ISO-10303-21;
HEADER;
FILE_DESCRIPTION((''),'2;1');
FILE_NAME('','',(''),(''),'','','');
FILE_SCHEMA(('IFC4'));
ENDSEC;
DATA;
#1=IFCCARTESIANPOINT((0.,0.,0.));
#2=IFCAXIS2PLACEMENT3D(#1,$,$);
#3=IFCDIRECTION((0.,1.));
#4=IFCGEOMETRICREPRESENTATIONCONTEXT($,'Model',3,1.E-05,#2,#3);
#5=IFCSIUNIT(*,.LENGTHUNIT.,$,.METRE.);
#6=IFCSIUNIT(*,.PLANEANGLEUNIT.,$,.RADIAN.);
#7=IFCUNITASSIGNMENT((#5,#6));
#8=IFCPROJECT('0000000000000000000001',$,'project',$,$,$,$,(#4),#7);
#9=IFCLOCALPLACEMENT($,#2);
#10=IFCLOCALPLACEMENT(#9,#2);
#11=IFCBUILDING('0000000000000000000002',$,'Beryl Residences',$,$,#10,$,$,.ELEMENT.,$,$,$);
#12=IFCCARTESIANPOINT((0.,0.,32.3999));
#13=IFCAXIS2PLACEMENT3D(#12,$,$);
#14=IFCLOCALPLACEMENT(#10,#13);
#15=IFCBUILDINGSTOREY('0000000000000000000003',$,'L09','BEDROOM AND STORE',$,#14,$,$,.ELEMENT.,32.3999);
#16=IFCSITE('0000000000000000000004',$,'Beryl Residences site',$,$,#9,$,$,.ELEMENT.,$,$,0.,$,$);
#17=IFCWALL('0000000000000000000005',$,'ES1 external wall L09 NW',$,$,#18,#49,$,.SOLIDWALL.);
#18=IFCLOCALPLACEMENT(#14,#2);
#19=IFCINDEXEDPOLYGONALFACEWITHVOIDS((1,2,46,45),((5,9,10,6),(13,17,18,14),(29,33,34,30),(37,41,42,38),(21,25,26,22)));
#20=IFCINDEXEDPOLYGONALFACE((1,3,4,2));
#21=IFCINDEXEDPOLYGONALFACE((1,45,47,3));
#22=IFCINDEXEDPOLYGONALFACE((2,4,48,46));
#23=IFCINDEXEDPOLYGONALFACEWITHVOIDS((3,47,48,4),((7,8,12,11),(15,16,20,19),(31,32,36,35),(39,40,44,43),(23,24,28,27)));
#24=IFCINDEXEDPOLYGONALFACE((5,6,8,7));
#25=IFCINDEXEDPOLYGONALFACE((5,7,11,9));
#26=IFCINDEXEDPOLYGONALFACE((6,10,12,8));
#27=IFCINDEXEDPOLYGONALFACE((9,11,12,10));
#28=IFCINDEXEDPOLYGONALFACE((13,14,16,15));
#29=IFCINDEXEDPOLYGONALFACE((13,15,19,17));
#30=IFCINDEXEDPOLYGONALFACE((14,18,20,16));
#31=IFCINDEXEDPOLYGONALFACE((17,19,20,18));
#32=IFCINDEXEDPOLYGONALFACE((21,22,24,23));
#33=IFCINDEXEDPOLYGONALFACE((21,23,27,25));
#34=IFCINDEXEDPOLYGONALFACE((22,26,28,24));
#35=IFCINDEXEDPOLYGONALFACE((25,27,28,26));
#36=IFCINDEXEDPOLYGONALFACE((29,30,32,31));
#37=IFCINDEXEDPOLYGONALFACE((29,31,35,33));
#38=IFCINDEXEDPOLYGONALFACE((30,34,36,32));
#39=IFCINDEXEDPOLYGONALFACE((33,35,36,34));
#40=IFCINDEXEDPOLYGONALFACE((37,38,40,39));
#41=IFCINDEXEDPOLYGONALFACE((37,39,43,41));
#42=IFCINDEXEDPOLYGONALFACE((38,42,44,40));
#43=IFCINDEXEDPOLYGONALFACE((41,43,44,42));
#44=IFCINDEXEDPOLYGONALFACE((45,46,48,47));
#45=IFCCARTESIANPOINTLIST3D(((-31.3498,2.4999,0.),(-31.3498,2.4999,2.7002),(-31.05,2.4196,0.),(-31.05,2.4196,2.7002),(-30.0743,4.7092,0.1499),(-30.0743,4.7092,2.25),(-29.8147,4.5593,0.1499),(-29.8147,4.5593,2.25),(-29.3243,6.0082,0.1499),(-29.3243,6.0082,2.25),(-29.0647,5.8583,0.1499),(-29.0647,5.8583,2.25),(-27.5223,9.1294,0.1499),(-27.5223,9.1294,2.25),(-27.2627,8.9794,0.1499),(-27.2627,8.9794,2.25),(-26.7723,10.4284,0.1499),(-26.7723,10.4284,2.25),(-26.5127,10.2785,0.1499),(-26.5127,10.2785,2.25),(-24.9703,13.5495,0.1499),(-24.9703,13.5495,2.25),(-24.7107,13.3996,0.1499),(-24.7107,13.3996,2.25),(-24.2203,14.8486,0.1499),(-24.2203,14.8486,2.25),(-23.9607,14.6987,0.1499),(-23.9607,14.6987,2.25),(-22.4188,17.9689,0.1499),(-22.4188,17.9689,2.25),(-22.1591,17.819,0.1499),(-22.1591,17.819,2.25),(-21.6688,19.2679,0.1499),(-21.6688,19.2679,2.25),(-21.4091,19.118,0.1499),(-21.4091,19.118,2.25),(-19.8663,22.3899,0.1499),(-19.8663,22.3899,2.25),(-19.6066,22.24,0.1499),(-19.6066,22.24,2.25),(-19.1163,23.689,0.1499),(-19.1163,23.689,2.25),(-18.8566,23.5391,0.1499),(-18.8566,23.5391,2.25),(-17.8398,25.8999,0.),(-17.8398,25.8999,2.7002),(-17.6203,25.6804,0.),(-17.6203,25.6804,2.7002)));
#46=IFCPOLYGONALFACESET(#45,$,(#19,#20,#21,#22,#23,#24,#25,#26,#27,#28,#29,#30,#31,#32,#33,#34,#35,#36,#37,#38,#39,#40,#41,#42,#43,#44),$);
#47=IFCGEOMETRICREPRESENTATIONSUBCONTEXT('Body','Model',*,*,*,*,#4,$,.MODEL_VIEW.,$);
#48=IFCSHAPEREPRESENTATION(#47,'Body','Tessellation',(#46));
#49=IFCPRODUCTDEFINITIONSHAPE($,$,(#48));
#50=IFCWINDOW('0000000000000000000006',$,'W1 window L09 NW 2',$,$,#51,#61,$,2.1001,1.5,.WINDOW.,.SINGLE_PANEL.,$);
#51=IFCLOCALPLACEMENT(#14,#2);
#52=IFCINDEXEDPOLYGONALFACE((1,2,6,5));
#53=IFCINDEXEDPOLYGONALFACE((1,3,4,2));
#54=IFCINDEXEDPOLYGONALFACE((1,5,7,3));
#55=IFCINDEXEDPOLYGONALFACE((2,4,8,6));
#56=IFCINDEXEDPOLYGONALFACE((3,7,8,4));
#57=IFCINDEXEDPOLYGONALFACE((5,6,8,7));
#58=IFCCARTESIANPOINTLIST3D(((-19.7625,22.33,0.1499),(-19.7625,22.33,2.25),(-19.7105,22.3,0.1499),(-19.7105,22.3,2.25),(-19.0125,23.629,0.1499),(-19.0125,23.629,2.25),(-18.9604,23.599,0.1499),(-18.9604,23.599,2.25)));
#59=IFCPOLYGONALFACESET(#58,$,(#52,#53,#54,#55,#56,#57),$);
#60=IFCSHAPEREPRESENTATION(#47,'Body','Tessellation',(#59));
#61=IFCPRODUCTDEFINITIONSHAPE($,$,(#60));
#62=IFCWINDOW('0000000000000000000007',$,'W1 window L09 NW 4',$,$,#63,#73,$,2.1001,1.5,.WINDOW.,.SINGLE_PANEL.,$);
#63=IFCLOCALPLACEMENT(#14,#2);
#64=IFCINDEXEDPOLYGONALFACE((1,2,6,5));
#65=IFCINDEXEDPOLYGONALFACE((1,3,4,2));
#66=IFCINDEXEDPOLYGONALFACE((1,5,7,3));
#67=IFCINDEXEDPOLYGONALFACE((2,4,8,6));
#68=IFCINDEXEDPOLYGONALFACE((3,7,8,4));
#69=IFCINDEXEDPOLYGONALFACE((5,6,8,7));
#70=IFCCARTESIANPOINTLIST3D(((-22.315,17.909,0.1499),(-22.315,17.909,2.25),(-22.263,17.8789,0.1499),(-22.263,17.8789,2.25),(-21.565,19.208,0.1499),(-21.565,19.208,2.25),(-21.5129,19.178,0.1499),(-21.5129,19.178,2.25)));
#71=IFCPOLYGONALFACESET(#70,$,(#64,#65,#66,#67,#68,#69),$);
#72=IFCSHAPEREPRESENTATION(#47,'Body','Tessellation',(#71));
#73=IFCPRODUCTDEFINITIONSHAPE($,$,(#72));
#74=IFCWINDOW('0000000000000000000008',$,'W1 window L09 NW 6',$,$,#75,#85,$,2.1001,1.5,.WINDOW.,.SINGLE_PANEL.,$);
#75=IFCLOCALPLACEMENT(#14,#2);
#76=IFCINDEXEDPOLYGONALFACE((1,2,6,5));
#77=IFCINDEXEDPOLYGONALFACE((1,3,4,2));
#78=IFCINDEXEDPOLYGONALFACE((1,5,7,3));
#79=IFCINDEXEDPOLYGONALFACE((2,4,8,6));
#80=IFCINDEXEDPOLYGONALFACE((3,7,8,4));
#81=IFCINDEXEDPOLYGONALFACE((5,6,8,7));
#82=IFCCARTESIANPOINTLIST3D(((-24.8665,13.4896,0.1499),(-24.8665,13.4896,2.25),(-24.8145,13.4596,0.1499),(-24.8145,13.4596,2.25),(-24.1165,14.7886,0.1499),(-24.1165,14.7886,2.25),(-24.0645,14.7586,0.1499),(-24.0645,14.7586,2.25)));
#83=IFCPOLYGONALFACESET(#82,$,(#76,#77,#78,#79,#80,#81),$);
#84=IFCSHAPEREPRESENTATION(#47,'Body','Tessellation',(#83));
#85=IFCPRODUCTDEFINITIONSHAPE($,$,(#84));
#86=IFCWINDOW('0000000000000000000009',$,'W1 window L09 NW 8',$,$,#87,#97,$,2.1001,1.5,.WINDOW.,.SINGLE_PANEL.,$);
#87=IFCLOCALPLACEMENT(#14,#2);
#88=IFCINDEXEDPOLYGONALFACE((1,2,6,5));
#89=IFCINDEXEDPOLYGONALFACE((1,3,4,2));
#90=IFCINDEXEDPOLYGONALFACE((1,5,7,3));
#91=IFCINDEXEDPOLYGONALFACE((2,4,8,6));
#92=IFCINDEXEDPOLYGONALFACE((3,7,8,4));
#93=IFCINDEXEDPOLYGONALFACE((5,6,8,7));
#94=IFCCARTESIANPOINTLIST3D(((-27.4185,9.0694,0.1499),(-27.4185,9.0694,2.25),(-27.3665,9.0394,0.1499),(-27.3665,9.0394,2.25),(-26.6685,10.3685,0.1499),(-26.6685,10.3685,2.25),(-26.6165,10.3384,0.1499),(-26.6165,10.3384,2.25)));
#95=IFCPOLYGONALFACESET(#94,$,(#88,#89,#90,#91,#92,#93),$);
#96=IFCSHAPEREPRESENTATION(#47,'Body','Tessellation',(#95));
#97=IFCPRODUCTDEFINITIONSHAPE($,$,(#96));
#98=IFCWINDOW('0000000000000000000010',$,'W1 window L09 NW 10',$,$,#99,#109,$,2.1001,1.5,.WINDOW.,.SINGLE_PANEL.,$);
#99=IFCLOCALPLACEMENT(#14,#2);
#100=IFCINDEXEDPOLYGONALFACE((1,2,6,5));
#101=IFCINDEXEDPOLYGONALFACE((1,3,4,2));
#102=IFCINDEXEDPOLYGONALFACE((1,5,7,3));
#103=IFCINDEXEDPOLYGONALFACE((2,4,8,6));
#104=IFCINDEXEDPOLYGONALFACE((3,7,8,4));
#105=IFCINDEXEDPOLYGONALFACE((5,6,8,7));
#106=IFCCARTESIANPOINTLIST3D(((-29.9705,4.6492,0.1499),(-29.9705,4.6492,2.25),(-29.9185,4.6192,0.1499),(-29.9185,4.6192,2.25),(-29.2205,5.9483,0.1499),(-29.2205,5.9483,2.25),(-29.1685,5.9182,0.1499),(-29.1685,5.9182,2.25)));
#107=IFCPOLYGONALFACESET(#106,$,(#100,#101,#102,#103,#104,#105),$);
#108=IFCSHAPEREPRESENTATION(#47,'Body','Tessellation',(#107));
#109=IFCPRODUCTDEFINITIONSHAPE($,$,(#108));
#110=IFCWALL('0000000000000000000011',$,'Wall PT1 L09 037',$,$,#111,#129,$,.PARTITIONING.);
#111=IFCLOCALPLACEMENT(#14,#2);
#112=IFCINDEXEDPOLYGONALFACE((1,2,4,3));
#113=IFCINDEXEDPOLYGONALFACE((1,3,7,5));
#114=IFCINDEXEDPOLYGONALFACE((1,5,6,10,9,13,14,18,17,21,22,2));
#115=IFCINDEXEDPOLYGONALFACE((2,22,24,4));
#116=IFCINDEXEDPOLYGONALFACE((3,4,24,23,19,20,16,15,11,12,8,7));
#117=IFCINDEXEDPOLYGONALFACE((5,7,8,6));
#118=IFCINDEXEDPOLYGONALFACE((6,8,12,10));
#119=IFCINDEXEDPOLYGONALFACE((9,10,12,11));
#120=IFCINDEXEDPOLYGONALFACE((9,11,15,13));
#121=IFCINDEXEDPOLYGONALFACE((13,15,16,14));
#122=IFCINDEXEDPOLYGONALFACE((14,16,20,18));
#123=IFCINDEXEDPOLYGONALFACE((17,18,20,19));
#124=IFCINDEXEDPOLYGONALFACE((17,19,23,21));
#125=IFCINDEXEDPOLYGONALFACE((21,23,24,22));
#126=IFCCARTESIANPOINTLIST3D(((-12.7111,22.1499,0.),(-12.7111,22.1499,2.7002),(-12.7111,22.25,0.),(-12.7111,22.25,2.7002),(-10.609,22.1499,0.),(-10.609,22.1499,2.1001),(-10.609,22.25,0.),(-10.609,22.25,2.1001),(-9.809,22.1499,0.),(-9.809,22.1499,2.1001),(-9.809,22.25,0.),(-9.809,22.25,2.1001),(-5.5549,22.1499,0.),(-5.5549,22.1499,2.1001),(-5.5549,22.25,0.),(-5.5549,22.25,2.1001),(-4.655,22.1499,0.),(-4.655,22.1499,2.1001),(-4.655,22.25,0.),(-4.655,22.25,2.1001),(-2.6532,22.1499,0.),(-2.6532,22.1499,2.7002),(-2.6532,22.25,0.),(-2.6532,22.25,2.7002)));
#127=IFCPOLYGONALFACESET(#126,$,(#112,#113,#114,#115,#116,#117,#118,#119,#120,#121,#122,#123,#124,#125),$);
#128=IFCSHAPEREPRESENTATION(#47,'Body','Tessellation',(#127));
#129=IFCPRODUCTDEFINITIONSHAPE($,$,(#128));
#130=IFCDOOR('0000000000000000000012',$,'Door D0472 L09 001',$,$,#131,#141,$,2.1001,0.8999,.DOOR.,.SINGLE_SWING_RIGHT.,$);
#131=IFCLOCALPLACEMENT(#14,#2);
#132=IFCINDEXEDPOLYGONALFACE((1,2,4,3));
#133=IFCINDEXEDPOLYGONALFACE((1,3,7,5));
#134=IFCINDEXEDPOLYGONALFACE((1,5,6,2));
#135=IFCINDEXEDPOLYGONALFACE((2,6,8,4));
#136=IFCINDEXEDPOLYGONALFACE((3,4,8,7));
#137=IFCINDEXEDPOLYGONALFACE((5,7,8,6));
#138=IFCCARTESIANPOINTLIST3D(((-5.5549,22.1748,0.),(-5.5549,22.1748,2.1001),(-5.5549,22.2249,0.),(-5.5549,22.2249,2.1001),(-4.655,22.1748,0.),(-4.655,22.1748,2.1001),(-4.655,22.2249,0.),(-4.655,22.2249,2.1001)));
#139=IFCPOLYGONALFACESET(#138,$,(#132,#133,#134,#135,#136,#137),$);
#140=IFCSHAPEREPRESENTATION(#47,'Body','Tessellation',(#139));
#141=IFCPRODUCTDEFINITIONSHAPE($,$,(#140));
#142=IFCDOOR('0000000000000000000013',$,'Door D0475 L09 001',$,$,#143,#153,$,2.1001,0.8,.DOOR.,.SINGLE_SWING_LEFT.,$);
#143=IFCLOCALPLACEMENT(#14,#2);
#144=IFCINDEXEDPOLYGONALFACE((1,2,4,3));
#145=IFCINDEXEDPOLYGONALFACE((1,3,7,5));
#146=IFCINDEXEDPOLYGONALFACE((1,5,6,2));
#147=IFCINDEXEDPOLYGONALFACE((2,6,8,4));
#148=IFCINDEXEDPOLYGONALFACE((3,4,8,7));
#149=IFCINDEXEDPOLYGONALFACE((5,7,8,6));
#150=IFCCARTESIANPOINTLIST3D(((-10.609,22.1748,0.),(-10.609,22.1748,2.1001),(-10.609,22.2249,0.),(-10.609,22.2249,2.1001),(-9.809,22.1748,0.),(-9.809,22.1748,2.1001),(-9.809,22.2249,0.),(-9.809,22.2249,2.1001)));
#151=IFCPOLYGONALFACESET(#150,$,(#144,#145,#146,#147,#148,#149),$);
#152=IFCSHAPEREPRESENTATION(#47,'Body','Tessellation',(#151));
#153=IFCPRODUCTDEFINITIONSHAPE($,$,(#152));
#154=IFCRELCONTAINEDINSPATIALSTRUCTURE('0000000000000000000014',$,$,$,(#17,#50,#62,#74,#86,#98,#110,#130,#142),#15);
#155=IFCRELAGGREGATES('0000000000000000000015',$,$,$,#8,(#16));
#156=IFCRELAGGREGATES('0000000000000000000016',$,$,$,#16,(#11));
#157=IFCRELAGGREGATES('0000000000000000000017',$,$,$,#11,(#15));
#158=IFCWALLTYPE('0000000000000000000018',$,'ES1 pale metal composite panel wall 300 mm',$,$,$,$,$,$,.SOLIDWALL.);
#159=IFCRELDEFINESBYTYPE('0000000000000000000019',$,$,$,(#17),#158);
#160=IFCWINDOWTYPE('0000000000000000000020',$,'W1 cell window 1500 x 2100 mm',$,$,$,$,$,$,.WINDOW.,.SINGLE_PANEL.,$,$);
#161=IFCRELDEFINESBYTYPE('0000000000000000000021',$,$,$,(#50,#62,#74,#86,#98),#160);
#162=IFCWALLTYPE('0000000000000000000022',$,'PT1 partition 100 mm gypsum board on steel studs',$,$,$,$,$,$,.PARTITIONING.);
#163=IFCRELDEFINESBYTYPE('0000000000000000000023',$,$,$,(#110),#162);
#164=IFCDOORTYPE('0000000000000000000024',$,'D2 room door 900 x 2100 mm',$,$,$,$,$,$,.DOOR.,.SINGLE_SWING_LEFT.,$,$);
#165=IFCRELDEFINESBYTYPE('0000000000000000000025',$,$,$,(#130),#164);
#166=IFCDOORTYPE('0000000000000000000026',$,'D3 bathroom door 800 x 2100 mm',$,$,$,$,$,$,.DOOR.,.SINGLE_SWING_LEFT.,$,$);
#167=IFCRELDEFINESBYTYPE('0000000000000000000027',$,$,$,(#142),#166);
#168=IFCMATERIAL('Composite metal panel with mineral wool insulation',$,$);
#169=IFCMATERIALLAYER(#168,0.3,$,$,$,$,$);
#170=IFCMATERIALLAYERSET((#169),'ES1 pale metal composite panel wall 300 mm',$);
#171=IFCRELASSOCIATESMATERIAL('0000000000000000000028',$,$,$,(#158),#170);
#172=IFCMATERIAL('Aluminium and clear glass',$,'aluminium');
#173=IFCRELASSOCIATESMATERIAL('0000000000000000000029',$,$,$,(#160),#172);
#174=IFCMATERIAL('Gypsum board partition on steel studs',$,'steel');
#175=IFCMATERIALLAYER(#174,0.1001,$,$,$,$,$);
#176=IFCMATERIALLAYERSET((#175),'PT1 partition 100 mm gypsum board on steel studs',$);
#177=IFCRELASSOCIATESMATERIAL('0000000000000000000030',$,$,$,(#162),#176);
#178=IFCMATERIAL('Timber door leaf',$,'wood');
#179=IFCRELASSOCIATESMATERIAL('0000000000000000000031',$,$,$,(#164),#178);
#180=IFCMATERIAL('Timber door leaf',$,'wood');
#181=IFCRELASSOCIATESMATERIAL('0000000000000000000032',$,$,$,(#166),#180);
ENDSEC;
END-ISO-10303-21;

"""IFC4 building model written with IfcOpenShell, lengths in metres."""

from ifc_helpers import new_model, si_unit, direction, frame, frame_2d, origin, place, context, subcontext, project, spatial, polyline, rectangle, outline, extrude, material, layer, layer_set, type_object, element, fill, save


model = new_model("IFC4")

# Units and contexts
model_context = context("Model", 3, precision=1e-05, world=origin(), true_north=direction((0.0, 1.0)))
body_context = subcontext(model_context, "Body", "Model", "MODEL_VIEW")
ifc_project = project(units=[si_unit("LENGTHUNIT", "METRE"), si_unit("PLANEANGLEUNIT", "RADIAN")], contexts=[model_context])

# Site, building, storey
site_placement = place(None, origin())
site = spatial("IfcSite", under=ifc_project, at=site_placement, Name="Beryl Residences site", CompositionType="ELEMENT", RefElevation=0.0)
building_placement = place(site_placement, origin())
building = spatial("IfcBuilding", under=site, at=building_placement, Name="Beryl Residences", CompositionType="ELEMENT")
storey_placement = place(building_placement, frame((0.0, 0.0, 32.3999)))
storey = spatial("IfcBuildingStorey", under=building, at=storey_placement, Name="L09", Description="BEDROOM AND STORE", CompositionType="ELEMENT", Elevation=32.3999)

# Shared definitions
ifc_material_1 = material(Name="Composite metal panel with mineral wool insulation")
ifc_layer_1 = layer(ifc_material_1, 0.3)
ifc_layer_set_1 = layer_set([ifc_layer_1], Name="ES1 pale metal composite panel wall 300 mm")
wall_type_1 = type_object("IfcWallType", Name="ES1 pale metal composite panel wall 300 mm", PredefinedType="SOLIDWALL", material=ifc_layer_set_1)

# Wall, openings, windows
wall_1_placement = place(storey_placement, frame((-17.71, 25.825, 0.0), z_axis=(0.0, 0.0, 1.0), x_axis=(-0.500002, -0.866024, 0.0)))
wall_1 = element("IfcWall", 1, at=wall_1_placement, inside=storey, type_object=wall_type_1, Name="ES1 external wall L09 NW", PredefinedType="SOLIDWALL", context=body_context, shape_type="SweptSolid", body=[
    extrude(outline(polyline([(0.0, -0.1499), (27.02, -0.1499), (26.9397, 0.1499), (0.0803, 0.1499), (0.0, -0.1499)])), origin(), (0.0, 0.0, 1.0), 2.7002),
])
opening_1_placement = place(wall_1_placement, frame((2.553, 0.0, 0.1499)))
opening_1 = element("IfcOpeningElement", 2, at=opening_1_placement, cuts=wall_1, PredefinedType="OPENING", context=body_context, shape_type="SweptSolid", body=[
    extrude(rectangle(XDim=1.5, YDim=2.1001, at=frame_2d((0.75, 1.05))), frame((0.0, 0.1599, 0.0), z_axis=(0.0, -1.0, 0.0), x_axis=(1.0, 0.0, 0.0)), (0.0, 0.0, 1.0), 0.3201),
])
opening_2_placement = place(wall_1_placement, frame((7.658, 0.0, 0.1499)))
opening_2 = element("IfcOpeningElement", 3, at=opening_2_placement, cuts=wall_1, PredefinedType="OPENING", context=body_context, shape_type="SweptSolid", body=[
    extrude(rectangle(XDim=1.5, YDim=2.1001, at=frame_2d((0.75, 1.05))), frame((0.0, 0.1599, 0.0), z_axis=(0.0, -1.0, 0.0), x_axis=(1.0, 0.0, 0.0)), (0.0, 0.0, 1.0), 0.3201),
])
opening_3_placement = place(wall_1_placement, frame((12.761, 0.0, 0.1499)))
opening_3 = element("IfcOpeningElement", 4, at=opening_3_placement, cuts=wall_1, PredefinedType="OPENING", context=body_context, shape_type="SweptSolid", body=[
    extrude(rectangle(XDim=1.5, YDim=2.1001, at=frame_2d((0.75, 1.05))), frame((0.0, 0.1599, 0.0), z_axis=(0.0, -1.0, 0.0), x_axis=(1.0, 0.0, 0.0)), (0.0, 0.0, 1.0), 0.3201),
])
opening_4_placement = place(wall_1_placement, frame((17.865, 0.0, 0.1499)))
opening_4 = element("IfcOpeningElement", 5, at=opening_4_placement, cuts=wall_1, PredefinedType="OPENING", context=body_context, shape_type="SweptSolid", body=[
    extrude(rectangle(XDim=1.5, YDim=2.1001, at=frame_2d((0.75, 1.05))), frame((0.0, 0.1599, 0.0), z_axis=(0.0, -1.0, 0.0), x_axis=(1.0, 0.0, 0.0)), (0.0, 0.0, 1.0), 0.3201),
])
opening_5_placement = place(wall_1_placement, frame((22.969, 0.0, 0.1499)))
opening_5 = element("IfcOpeningElement", 6, at=opening_5_placement, cuts=wall_1, PredefinedType="OPENING", context=body_context, shape_type="SweptSolid", body=[
    extrude(rectangle(XDim=1.5, YDim=2.1001, at=frame_2d((0.75, 1.05))), frame((0.0, 0.1599, 0.0), z_axis=(0.0, -1.0, 0.0), x_axis=(1.0, 0.0, 0.0)), (0.0, 0.0, 1.0), 0.3201),
])
ifc_material_2 = material(Name="Aluminium and clear glass", Category="aluminium")
window_type_1 = type_object("IfcWindowType", Name="W1 cell window 1500 x 2100 mm", PartitioningType="SINGLE_PANEL", PredefinedType="WINDOW", material=ifc_material_2)
window_1_placement = place(opening_1_placement, origin())
window_1 = element("IfcWindow", 7, at=window_1_placement, inside=storey, type_object=window_type_1, Name="W1 window L09 NW 2", OverallHeight=2.1001, OverallWidth=1.5, PartitioningType="SINGLE_PANEL", PredefinedType="WINDOW", context=body_context, shape_type="SweptSolid", body=[
    extrude(rectangle(XDim=1.5, YDim=2.1001, at=frame_2d((0.75, 1.05))), frame((0.0, 0.03, 0.0), z_axis=(0.0, -1.0, 0.0), x_axis=(1.0, 0.0, 0.0)), (0.0, 0.0, 1.0), 0.0601),
])
fill(opening_1, window_1)
window_2_placement = place(opening_2_placement, origin())
window_2 = element("IfcWindow", 8, at=window_2_placement, inside=storey, type_object=window_type_1, Name="W1 window L09 NW 4", OverallHeight=2.1001, OverallWidth=1.5, PartitioningType="SINGLE_PANEL", PredefinedType="WINDOW", context=body_context, shape_type="SweptSolid", body=[
    extrude(rectangle(XDim=1.5, YDim=2.1001, at=frame_2d((0.75, 1.05))), frame((0.0, 0.03, 0.0), z_axis=(0.0, -1.0, 0.0), x_axis=(1.0, 0.0, 0.0)), (0.0, 0.0, 1.0), 0.0601),
])
fill(opening_2, window_2)
window_3_placement = place(opening_3_placement, origin())
window_3 = element("IfcWindow", 9, at=window_3_placement, inside=storey, type_object=window_type_1, Name="W1 window L09 NW 6", OverallHeight=2.1001, OverallWidth=1.5, PartitioningType="SINGLE_PANEL", PredefinedType="WINDOW", context=body_context, shape_type="SweptSolid", body=[
    extrude(rectangle(XDim=1.5, YDim=2.1001, at=frame_2d((0.75, 1.05))), frame((0.0, 0.03, 0.0), z_axis=(0.0, -1.0, 0.0), x_axis=(1.0, 0.0, 0.0)), (0.0, 0.0, 1.0), 0.0601),
])
fill(opening_3, window_3)
window_4_placement = place(opening_4_placement, origin())
window_4 = element("IfcWindow", 10, at=window_4_placement, inside=storey, type_object=window_type_1, Name="W1 window L09 NW 8", OverallHeight=2.1001, OverallWidth=1.5, PartitioningType="SINGLE_PANEL", PredefinedType="WINDOW", context=body_context, shape_type="SweptSolid", body=[
    extrude(rectangle(XDim=1.5, YDim=2.1001, at=frame_2d((0.75, 1.05))), frame((0.0, 0.03, 0.0), z_axis=(0.0, -1.0, 0.0), x_axis=(1.0, 0.0, 0.0)), (0.0, 0.0, 1.0), 0.0601),
])
fill(opening_4, window_4)
window_5_placement = place(opening_5_placement, origin())
window_5 = element("IfcWindow", 11, at=window_5_placement, inside=storey, type_object=window_type_1, Name="W1 window L09 NW 10", OverallHeight=2.1001, OverallWidth=1.5, PartitioningType="SINGLE_PANEL", PredefinedType="WINDOW", context=body_context, shape_type="SweptSolid", body=[
    extrude(rectangle(XDim=1.5, YDim=2.1001, at=frame_2d((0.75, 1.05))), frame((0.0, 0.03, 0.0), z_axis=(0.0, -1.0, 0.0), x_axis=(1.0, 0.0, 0.0)), (0.0, 0.0, 1.0), 0.0601),
])
fill(opening_5, window_5)

# Wall, openings, doors
ifc_material_3 = material(Name="Gypsum board partition on steel studs", Category="steel")
ifc_layer_2 = layer(ifc_material_3, 0.1001)
ifc_layer_set_2 = layer_set([ifc_layer_2], Name="PT1 partition 100 mm gypsum board on steel studs")
wall_type_2 = type_object("IfcWallType", Name="PT1 partition 100 mm gypsum board on steel studs", PredefinedType="PARTITIONING", material=ifc_layer_set_2)
wall_2_placement = place(storey_placement, frame((-12.7109, 22.2, 0.0), z_axis=(0.0, 0.0, 1.0), x_axis=(1.0, 0.0, 0.0)))
wall_2 = element("IfcWall", 12, at=wall_2_placement, inside=storey, type_object=wall_type_2, Name="Wall PT1 L09 037", PredefinedType="PARTITIONING", context=body_context, shape_type="SweptSolid", body=[
    extrude(rectangle(XDim=10.0579, YDim=0.1001, at=frame_2d((5.0288, 0.0))), origin(), (0.0, 0.0, 1.0), 2.7002),
])
opening_6_placement = place(wall_2_placement, frame((7.156, 0.0, 0.0)))
opening_6 = element("IfcOpeningElement", 13, at=opening_6_placement, cuts=wall_2, PredefinedType="OPENING", context=body_context, shape_type="SweptSolid", body=[
    extrude(rectangle(XDim=0.8999, YDim=2.1001, at=frame_2d((0.45, 1.05))), frame((0.0, 0.0601, 0.0), z_axis=(0.0, -1.0, 0.0), x_axis=(1.0, 0.0, 0.0)), (0.0, 0.0, 1.0), 0.1201),
])
opening_7_placement = place(wall_2_placement, frame((2.1021, 0.0, 0.0)))
opening_7 = element("IfcOpeningElement", 14, at=opening_7_placement, cuts=wall_2, PredefinedType="OPENING", context=body_context, shape_type="SweptSolid", body=[
    extrude(rectangle(XDim=0.8, YDim=2.1001, at=frame_2d((0.3999, 1.05))), frame((0.0, 0.0601, 0.0), z_axis=(0.0, -1.0, 0.0), x_axis=(1.0, 0.0, 0.0)), (0.0, 0.0, 1.0), 0.1201),
])
ifc_material_4 = material(Name="Timber door leaf", Category="wood")
door_type_1 = type_object("IfcDoorType", Name="D2 room door 900 x 2100 mm", OperationType="SINGLE_SWING_LEFT", PredefinedType="DOOR", material=ifc_material_4)
door_1_placement = place(opening_6_placement, origin())
door_1 = element("IfcDoor", 15, at=door_1_placement, inside=storey, type_object=door_type_1, Name="Door D0472 L09 001", OperationType="SINGLE_SWING_RIGHT", OverallHeight=2.1001, OverallWidth=0.8999, PredefinedType="DOOR", context=body_context, shape_type="SweptSolid", body=[
    extrude(rectangle(XDim=0.8999, YDim=2.1001, at=frame_2d((0.45, 1.05))), frame((0.0, 0.0249, 0.0), z_axis=(0.0, -1.0, 0.0), x_axis=(1.0, 0.0, 0.0)), (0.0, 0.0, 1.0), 0.05),
])
fill(opening_6, door_1)
ifc_material_5 = material(Name="Timber door leaf", Category="wood")
door_type_2 = type_object("IfcDoorType", Name="D3 bathroom door 800 x 2100 mm", OperationType="SINGLE_SWING_LEFT", PredefinedType="DOOR", material=ifc_material_5)
door_2_placement = place(opening_7_placement, origin())
door_2 = element("IfcDoor", 16, at=door_2_placement, inside=storey, type_object=door_type_2, Name="Door D0475 L09 001", OperationType="SINGLE_SWING_LEFT", OverallHeight=2.1001, OverallWidth=0.8, PredefinedType="DOOR", context=body_context, shape_type="SweptSolid", body=[
    extrude(rectangle(XDim=0.8, YDim=2.1001, at=frame_2d((0.3999, 1.05))), frame((0.0, 0.0249, 0.0), z_axis=(0.0, -1.0, 0.0), x_axis=(1.0, 0.0, 0.0)), (0.0, 0.0, 1.0), 0.05),
])
fill(opening_7, door_2)

save(model, "model.ifc")
